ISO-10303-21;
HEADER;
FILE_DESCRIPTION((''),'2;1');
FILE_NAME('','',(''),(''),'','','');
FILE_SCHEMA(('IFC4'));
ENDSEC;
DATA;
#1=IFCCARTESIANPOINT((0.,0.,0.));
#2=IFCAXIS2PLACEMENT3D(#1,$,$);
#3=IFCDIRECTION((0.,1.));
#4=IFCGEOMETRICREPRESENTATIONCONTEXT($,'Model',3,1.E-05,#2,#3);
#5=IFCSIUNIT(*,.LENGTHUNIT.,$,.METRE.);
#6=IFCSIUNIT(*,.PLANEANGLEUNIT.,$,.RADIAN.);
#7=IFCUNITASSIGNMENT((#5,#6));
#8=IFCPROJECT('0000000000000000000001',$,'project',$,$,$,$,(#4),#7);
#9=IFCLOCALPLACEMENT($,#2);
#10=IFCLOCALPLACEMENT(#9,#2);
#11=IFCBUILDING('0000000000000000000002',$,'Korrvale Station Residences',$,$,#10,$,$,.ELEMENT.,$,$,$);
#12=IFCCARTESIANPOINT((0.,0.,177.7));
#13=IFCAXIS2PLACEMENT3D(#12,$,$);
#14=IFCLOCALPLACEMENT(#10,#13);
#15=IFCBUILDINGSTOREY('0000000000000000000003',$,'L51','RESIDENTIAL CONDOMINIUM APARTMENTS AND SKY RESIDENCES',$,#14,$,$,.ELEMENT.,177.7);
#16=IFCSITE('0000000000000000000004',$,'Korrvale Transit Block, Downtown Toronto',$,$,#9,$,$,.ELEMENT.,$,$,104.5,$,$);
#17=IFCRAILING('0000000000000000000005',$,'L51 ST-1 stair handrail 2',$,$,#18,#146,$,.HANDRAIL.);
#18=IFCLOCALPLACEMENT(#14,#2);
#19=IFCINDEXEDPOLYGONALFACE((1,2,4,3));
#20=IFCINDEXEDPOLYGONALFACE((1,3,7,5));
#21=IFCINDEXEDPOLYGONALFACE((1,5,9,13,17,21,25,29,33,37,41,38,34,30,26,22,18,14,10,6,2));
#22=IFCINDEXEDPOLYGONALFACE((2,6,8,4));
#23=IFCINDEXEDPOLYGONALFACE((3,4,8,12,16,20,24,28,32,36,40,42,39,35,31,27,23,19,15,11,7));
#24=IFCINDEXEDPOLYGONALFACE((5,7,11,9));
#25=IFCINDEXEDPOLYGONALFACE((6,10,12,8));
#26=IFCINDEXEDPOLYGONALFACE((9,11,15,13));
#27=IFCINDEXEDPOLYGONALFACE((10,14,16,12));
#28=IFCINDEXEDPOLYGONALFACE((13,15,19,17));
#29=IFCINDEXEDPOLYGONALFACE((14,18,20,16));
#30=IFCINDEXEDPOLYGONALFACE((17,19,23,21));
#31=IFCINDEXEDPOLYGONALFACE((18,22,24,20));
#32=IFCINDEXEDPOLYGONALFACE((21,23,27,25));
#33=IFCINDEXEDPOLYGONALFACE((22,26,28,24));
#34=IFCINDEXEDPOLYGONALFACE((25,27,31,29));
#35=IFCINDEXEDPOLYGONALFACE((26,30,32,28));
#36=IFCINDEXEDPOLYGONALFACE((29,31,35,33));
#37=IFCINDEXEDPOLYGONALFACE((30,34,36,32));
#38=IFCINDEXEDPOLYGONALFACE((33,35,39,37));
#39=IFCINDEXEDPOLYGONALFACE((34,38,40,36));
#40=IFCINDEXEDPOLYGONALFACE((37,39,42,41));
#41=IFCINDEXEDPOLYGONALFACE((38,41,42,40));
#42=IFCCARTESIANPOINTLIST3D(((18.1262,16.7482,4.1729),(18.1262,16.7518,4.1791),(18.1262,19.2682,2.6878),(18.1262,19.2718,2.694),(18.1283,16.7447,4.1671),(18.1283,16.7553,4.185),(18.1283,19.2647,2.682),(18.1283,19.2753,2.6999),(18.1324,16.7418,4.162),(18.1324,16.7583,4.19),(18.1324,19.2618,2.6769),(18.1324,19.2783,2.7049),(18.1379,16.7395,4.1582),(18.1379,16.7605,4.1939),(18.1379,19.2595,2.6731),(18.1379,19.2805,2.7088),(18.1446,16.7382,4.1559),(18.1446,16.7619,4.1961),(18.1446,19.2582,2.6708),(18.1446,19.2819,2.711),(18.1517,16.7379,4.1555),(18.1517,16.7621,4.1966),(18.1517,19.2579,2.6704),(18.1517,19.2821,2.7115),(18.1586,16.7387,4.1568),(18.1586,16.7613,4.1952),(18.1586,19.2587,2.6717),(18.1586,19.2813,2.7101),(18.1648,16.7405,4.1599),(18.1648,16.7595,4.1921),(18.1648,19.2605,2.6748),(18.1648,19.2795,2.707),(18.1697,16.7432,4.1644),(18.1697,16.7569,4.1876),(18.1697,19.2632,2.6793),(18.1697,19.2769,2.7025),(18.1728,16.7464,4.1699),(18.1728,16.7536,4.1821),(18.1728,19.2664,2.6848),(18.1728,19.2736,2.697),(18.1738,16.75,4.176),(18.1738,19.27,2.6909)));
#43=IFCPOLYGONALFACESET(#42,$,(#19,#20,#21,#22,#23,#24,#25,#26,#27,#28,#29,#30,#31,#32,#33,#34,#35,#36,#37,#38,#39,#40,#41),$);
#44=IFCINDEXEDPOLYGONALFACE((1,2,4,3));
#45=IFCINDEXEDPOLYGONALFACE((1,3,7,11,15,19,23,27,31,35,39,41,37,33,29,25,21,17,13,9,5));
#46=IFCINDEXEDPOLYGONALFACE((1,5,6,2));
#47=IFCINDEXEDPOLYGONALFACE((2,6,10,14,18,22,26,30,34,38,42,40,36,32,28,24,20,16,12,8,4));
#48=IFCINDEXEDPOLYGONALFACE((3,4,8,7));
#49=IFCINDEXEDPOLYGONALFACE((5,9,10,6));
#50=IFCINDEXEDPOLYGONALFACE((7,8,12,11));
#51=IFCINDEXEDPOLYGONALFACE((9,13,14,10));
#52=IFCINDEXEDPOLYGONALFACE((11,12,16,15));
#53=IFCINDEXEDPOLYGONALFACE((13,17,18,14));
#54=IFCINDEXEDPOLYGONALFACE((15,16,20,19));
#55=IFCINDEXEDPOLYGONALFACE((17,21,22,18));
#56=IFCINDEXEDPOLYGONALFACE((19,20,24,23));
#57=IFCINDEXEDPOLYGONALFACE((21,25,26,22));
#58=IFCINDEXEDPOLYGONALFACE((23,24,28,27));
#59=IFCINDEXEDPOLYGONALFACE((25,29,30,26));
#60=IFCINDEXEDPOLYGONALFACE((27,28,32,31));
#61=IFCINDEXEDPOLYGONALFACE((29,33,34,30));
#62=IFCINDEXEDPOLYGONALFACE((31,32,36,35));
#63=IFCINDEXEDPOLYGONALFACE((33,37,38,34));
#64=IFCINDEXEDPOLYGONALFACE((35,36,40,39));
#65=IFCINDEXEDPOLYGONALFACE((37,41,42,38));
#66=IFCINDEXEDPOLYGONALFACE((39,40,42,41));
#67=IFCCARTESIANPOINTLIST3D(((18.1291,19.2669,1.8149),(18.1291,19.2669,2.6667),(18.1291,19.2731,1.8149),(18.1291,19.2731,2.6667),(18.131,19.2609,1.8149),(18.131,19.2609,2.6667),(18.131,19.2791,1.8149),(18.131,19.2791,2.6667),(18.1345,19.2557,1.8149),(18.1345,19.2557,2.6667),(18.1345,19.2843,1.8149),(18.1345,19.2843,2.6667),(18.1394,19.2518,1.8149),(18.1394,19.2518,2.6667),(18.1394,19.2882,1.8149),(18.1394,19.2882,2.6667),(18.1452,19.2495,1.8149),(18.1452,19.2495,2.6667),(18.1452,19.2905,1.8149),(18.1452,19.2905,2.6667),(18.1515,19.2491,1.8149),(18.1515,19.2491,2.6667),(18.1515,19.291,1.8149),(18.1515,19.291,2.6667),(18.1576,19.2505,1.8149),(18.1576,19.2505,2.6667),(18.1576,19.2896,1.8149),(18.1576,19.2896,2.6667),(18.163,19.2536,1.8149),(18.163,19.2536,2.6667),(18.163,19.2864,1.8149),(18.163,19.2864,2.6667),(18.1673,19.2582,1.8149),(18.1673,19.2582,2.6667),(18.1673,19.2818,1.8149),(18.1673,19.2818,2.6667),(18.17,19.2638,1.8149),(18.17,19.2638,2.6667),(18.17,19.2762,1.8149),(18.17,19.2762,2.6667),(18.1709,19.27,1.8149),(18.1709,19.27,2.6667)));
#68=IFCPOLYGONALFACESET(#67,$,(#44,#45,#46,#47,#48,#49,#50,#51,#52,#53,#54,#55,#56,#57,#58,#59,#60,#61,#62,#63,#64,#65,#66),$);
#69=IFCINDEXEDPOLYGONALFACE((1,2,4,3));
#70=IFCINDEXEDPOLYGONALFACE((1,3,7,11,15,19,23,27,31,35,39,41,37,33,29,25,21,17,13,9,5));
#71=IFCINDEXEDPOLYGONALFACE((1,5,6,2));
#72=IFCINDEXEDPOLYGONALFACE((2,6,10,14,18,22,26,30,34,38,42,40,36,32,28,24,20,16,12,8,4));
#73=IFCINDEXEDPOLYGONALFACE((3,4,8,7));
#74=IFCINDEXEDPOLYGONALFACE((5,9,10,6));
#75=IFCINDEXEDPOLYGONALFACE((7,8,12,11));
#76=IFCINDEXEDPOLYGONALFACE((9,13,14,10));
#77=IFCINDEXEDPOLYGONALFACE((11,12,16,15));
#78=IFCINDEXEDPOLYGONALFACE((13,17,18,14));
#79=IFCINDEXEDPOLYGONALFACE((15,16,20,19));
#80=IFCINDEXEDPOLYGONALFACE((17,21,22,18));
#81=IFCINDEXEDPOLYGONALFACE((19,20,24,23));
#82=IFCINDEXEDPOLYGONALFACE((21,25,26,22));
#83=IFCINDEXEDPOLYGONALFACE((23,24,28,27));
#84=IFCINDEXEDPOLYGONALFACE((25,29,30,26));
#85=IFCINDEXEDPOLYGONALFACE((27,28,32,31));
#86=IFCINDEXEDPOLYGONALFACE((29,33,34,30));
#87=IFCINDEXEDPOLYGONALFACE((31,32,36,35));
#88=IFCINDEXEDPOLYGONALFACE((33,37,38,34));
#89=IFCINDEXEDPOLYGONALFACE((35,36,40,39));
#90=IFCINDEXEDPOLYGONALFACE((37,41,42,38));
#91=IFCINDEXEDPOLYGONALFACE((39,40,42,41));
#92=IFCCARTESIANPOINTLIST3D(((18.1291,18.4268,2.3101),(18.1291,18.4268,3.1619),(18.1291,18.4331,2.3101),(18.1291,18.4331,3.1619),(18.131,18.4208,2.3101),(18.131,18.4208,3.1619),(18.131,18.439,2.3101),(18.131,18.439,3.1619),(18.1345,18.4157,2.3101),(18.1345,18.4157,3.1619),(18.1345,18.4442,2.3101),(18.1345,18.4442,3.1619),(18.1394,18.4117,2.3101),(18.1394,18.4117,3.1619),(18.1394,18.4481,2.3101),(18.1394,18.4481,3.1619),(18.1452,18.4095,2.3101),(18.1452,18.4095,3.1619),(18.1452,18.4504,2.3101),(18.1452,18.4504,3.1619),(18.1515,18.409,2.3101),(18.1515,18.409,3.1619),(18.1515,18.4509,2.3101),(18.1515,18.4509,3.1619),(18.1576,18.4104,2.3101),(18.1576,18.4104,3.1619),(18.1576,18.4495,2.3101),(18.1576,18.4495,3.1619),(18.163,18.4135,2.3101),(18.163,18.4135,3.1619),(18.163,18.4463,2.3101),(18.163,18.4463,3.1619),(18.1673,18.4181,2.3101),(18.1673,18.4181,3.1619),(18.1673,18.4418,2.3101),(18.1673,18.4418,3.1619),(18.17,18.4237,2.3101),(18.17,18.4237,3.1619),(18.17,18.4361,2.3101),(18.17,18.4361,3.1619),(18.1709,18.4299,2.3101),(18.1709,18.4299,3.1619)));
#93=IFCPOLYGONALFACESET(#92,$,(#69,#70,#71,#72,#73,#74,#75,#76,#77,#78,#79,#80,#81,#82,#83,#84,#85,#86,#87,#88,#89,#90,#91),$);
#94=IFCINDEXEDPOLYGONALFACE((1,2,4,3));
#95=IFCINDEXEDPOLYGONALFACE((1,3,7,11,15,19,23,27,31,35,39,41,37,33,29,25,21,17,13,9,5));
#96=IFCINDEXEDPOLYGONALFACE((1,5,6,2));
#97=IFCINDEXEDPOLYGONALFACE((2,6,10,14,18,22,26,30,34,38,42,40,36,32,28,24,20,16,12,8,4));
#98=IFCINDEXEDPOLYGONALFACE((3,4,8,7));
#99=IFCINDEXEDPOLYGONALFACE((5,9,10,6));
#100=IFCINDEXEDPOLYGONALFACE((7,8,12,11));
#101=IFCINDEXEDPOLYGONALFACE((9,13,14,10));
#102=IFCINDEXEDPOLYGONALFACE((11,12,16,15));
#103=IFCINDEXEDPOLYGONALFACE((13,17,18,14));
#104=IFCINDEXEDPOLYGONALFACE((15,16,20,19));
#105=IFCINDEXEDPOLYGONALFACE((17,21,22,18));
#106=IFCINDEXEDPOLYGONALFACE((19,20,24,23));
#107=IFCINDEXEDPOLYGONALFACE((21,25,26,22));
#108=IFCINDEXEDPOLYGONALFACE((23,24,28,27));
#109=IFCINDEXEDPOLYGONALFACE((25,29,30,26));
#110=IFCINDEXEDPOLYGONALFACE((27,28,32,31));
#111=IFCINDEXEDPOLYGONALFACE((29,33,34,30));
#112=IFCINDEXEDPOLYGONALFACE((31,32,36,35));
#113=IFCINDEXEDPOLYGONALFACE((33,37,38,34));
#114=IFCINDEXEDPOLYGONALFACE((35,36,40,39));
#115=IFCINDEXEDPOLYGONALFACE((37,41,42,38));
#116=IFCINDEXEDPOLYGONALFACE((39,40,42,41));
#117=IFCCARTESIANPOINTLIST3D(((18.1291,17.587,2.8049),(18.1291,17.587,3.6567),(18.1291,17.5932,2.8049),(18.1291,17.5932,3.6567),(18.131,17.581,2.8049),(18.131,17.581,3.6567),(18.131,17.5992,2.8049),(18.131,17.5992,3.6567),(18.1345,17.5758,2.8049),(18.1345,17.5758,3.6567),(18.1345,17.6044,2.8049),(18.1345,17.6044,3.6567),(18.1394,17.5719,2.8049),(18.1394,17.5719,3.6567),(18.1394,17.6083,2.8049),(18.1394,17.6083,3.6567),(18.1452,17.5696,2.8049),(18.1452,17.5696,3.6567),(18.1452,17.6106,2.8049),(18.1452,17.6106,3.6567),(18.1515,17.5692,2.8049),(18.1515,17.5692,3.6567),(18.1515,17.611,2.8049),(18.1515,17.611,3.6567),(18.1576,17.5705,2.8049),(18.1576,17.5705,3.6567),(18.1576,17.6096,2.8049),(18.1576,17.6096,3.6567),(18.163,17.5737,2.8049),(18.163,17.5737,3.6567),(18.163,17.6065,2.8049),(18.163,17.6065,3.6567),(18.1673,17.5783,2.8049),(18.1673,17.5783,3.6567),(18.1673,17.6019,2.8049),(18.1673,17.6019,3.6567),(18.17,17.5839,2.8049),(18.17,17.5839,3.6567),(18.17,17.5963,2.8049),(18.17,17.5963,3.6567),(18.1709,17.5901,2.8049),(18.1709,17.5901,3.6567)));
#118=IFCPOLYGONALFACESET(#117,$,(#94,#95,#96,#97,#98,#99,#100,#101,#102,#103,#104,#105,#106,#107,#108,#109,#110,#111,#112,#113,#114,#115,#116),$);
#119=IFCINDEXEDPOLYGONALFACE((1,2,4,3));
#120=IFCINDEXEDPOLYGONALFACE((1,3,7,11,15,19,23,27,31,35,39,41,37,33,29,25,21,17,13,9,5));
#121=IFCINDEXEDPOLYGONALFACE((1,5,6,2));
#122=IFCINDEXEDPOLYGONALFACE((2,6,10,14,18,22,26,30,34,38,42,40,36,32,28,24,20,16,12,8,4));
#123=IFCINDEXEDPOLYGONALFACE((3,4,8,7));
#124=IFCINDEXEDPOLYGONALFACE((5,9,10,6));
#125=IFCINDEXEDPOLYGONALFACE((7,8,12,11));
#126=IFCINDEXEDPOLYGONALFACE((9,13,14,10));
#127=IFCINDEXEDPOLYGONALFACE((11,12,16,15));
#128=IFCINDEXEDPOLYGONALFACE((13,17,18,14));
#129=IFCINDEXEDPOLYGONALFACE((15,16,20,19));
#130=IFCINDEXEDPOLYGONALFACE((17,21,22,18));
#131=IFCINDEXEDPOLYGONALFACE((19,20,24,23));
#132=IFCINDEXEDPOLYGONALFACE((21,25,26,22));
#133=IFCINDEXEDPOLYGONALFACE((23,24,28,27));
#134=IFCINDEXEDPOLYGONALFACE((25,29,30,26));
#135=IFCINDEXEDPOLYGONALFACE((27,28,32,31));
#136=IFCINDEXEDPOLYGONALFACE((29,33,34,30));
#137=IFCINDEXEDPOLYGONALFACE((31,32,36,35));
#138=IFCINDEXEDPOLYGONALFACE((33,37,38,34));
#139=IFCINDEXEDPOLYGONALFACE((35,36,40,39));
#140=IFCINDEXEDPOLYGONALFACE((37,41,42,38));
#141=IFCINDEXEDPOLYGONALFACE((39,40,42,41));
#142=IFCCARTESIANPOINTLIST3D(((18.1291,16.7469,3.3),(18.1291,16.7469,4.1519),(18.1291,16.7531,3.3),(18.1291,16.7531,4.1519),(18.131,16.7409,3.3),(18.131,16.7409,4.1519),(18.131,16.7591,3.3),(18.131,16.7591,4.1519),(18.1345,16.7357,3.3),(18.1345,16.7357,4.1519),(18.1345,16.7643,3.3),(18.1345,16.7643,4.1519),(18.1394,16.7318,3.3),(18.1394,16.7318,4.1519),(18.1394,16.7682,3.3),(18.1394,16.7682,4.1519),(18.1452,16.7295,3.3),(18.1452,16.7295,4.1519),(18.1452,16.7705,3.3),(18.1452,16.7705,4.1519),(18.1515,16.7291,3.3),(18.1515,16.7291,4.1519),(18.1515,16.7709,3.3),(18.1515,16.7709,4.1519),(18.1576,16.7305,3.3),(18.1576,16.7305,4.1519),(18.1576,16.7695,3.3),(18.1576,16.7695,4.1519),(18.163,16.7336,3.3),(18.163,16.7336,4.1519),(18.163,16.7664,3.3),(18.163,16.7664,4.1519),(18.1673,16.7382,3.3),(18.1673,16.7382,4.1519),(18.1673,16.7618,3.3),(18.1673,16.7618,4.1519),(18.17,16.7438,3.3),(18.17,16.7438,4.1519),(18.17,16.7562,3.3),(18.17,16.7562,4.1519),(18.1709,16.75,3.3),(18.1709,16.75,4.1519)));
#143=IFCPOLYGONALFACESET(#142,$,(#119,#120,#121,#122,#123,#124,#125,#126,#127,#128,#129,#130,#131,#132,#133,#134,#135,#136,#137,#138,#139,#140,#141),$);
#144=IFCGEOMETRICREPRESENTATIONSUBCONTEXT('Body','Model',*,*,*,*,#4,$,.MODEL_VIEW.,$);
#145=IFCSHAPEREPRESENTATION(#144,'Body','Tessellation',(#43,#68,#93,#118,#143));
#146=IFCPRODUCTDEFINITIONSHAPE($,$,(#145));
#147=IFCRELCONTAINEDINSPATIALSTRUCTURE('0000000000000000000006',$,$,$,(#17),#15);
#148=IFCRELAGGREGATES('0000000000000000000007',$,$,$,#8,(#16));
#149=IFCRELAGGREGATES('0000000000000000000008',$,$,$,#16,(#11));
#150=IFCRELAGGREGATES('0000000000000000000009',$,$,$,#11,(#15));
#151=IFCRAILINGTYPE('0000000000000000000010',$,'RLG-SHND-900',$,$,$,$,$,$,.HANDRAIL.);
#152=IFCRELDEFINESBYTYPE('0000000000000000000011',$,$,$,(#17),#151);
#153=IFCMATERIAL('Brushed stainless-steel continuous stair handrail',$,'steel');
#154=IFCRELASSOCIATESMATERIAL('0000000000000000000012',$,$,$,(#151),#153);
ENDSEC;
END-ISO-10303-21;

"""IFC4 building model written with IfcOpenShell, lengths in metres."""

from ifc_helpers import new_model, si_unit, direction, frame, origin, origin_2d, place, context, subcontext, project, spatial, circle, extrude, material, type_object, element, save


model = new_model("IFC4")

# Units and contexts
model_context = context("Model", 3, precision=1e-05, world=origin(), true_north=direction((0.0, 1.0)))
body_context = subcontext(model_context, "Body", "Model", "MODEL_VIEW")
ifc_project = project(units=[si_unit("LENGTHUNIT", "METRE"), si_unit("PLANEANGLEUNIT", "RADIAN")], contexts=[model_context])

# Site, building, storey
site_placement = place(None, origin())
site = spatial("IfcSite", under=ifc_project, at=site_placement, Name="Korrvale Transit Block, Downtown Toronto", CompositionType="ELEMENT", RefElevation=104.5)
building_placement = place(site_placement, origin())
building = spatial("IfcBuilding", under=site, at=building_placement, Name="Korrvale Station Residences", CompositionType="ELEMENT")
storey_placement = place(building_placement, frame((0.0, 0.0, 177.7)))
storey = spatial("IfcBuildingStorey", under=building, at=storey_placement, Name="L51", Description="RESIDENTIAL CONDOMINIUM APARTMENTS AND SKY RESIDENCES", CompositionType="ELEMENT", Elevation=177.7)

# Railing
ifc_material_1 = material(Name="Brushed stainless-steel continuous stair handrail", Category="steel")
railing_type_1 = type_object("IfcRailingType", Name="RLG-SHND-900", PredefinedType="HANDRAIL", material=ifc_material_1)
railing_1_placement = place(storey_placement, frame((18.1499, 19.27, 1.8149)))
element("IfcRailing", 1, at=railing_1_placement, inside=storey, type_object=railing_type_1, Name="L51 ST-1 stair handrail 2", PredefinedType="HANDRAIL", context=body_context, shape_type="SweptSolid", body=[
    extrude(circle(Radius=0.0239, at=origin_2d()), frame((0.0, 0.0, 0.876), z_axis=(0.0, -0.861524, 0.507717), x_axis=(1.0, 0.0, 0.0)), (0.0, 0.0, 1.0), 2.925),
    extrude(circle(Radius=0.021, at=origin_2d()), origin(), (0.0, 0.0, 1.0), 0.8518),
    extrude(circle(Radius=0.021, at=origin_2d()), frame((0.0, -0.8401, 0.4951)), (0.0, 0.0, 1.0), 0.8518),
    extrude(circle(Radius=0.021, at=origin_2d()), frame((0.0, -1.6799, 0.99)), (0.0, 0.0, 1.0), 0.8518),
    extrude(circle(Radius=0.021, at=origin_2d()), frame((0.0, -2.52, 1.4851)), (0.0, 0.0, 1.0), 0.8518),
])

save(model, "model.ifc")
